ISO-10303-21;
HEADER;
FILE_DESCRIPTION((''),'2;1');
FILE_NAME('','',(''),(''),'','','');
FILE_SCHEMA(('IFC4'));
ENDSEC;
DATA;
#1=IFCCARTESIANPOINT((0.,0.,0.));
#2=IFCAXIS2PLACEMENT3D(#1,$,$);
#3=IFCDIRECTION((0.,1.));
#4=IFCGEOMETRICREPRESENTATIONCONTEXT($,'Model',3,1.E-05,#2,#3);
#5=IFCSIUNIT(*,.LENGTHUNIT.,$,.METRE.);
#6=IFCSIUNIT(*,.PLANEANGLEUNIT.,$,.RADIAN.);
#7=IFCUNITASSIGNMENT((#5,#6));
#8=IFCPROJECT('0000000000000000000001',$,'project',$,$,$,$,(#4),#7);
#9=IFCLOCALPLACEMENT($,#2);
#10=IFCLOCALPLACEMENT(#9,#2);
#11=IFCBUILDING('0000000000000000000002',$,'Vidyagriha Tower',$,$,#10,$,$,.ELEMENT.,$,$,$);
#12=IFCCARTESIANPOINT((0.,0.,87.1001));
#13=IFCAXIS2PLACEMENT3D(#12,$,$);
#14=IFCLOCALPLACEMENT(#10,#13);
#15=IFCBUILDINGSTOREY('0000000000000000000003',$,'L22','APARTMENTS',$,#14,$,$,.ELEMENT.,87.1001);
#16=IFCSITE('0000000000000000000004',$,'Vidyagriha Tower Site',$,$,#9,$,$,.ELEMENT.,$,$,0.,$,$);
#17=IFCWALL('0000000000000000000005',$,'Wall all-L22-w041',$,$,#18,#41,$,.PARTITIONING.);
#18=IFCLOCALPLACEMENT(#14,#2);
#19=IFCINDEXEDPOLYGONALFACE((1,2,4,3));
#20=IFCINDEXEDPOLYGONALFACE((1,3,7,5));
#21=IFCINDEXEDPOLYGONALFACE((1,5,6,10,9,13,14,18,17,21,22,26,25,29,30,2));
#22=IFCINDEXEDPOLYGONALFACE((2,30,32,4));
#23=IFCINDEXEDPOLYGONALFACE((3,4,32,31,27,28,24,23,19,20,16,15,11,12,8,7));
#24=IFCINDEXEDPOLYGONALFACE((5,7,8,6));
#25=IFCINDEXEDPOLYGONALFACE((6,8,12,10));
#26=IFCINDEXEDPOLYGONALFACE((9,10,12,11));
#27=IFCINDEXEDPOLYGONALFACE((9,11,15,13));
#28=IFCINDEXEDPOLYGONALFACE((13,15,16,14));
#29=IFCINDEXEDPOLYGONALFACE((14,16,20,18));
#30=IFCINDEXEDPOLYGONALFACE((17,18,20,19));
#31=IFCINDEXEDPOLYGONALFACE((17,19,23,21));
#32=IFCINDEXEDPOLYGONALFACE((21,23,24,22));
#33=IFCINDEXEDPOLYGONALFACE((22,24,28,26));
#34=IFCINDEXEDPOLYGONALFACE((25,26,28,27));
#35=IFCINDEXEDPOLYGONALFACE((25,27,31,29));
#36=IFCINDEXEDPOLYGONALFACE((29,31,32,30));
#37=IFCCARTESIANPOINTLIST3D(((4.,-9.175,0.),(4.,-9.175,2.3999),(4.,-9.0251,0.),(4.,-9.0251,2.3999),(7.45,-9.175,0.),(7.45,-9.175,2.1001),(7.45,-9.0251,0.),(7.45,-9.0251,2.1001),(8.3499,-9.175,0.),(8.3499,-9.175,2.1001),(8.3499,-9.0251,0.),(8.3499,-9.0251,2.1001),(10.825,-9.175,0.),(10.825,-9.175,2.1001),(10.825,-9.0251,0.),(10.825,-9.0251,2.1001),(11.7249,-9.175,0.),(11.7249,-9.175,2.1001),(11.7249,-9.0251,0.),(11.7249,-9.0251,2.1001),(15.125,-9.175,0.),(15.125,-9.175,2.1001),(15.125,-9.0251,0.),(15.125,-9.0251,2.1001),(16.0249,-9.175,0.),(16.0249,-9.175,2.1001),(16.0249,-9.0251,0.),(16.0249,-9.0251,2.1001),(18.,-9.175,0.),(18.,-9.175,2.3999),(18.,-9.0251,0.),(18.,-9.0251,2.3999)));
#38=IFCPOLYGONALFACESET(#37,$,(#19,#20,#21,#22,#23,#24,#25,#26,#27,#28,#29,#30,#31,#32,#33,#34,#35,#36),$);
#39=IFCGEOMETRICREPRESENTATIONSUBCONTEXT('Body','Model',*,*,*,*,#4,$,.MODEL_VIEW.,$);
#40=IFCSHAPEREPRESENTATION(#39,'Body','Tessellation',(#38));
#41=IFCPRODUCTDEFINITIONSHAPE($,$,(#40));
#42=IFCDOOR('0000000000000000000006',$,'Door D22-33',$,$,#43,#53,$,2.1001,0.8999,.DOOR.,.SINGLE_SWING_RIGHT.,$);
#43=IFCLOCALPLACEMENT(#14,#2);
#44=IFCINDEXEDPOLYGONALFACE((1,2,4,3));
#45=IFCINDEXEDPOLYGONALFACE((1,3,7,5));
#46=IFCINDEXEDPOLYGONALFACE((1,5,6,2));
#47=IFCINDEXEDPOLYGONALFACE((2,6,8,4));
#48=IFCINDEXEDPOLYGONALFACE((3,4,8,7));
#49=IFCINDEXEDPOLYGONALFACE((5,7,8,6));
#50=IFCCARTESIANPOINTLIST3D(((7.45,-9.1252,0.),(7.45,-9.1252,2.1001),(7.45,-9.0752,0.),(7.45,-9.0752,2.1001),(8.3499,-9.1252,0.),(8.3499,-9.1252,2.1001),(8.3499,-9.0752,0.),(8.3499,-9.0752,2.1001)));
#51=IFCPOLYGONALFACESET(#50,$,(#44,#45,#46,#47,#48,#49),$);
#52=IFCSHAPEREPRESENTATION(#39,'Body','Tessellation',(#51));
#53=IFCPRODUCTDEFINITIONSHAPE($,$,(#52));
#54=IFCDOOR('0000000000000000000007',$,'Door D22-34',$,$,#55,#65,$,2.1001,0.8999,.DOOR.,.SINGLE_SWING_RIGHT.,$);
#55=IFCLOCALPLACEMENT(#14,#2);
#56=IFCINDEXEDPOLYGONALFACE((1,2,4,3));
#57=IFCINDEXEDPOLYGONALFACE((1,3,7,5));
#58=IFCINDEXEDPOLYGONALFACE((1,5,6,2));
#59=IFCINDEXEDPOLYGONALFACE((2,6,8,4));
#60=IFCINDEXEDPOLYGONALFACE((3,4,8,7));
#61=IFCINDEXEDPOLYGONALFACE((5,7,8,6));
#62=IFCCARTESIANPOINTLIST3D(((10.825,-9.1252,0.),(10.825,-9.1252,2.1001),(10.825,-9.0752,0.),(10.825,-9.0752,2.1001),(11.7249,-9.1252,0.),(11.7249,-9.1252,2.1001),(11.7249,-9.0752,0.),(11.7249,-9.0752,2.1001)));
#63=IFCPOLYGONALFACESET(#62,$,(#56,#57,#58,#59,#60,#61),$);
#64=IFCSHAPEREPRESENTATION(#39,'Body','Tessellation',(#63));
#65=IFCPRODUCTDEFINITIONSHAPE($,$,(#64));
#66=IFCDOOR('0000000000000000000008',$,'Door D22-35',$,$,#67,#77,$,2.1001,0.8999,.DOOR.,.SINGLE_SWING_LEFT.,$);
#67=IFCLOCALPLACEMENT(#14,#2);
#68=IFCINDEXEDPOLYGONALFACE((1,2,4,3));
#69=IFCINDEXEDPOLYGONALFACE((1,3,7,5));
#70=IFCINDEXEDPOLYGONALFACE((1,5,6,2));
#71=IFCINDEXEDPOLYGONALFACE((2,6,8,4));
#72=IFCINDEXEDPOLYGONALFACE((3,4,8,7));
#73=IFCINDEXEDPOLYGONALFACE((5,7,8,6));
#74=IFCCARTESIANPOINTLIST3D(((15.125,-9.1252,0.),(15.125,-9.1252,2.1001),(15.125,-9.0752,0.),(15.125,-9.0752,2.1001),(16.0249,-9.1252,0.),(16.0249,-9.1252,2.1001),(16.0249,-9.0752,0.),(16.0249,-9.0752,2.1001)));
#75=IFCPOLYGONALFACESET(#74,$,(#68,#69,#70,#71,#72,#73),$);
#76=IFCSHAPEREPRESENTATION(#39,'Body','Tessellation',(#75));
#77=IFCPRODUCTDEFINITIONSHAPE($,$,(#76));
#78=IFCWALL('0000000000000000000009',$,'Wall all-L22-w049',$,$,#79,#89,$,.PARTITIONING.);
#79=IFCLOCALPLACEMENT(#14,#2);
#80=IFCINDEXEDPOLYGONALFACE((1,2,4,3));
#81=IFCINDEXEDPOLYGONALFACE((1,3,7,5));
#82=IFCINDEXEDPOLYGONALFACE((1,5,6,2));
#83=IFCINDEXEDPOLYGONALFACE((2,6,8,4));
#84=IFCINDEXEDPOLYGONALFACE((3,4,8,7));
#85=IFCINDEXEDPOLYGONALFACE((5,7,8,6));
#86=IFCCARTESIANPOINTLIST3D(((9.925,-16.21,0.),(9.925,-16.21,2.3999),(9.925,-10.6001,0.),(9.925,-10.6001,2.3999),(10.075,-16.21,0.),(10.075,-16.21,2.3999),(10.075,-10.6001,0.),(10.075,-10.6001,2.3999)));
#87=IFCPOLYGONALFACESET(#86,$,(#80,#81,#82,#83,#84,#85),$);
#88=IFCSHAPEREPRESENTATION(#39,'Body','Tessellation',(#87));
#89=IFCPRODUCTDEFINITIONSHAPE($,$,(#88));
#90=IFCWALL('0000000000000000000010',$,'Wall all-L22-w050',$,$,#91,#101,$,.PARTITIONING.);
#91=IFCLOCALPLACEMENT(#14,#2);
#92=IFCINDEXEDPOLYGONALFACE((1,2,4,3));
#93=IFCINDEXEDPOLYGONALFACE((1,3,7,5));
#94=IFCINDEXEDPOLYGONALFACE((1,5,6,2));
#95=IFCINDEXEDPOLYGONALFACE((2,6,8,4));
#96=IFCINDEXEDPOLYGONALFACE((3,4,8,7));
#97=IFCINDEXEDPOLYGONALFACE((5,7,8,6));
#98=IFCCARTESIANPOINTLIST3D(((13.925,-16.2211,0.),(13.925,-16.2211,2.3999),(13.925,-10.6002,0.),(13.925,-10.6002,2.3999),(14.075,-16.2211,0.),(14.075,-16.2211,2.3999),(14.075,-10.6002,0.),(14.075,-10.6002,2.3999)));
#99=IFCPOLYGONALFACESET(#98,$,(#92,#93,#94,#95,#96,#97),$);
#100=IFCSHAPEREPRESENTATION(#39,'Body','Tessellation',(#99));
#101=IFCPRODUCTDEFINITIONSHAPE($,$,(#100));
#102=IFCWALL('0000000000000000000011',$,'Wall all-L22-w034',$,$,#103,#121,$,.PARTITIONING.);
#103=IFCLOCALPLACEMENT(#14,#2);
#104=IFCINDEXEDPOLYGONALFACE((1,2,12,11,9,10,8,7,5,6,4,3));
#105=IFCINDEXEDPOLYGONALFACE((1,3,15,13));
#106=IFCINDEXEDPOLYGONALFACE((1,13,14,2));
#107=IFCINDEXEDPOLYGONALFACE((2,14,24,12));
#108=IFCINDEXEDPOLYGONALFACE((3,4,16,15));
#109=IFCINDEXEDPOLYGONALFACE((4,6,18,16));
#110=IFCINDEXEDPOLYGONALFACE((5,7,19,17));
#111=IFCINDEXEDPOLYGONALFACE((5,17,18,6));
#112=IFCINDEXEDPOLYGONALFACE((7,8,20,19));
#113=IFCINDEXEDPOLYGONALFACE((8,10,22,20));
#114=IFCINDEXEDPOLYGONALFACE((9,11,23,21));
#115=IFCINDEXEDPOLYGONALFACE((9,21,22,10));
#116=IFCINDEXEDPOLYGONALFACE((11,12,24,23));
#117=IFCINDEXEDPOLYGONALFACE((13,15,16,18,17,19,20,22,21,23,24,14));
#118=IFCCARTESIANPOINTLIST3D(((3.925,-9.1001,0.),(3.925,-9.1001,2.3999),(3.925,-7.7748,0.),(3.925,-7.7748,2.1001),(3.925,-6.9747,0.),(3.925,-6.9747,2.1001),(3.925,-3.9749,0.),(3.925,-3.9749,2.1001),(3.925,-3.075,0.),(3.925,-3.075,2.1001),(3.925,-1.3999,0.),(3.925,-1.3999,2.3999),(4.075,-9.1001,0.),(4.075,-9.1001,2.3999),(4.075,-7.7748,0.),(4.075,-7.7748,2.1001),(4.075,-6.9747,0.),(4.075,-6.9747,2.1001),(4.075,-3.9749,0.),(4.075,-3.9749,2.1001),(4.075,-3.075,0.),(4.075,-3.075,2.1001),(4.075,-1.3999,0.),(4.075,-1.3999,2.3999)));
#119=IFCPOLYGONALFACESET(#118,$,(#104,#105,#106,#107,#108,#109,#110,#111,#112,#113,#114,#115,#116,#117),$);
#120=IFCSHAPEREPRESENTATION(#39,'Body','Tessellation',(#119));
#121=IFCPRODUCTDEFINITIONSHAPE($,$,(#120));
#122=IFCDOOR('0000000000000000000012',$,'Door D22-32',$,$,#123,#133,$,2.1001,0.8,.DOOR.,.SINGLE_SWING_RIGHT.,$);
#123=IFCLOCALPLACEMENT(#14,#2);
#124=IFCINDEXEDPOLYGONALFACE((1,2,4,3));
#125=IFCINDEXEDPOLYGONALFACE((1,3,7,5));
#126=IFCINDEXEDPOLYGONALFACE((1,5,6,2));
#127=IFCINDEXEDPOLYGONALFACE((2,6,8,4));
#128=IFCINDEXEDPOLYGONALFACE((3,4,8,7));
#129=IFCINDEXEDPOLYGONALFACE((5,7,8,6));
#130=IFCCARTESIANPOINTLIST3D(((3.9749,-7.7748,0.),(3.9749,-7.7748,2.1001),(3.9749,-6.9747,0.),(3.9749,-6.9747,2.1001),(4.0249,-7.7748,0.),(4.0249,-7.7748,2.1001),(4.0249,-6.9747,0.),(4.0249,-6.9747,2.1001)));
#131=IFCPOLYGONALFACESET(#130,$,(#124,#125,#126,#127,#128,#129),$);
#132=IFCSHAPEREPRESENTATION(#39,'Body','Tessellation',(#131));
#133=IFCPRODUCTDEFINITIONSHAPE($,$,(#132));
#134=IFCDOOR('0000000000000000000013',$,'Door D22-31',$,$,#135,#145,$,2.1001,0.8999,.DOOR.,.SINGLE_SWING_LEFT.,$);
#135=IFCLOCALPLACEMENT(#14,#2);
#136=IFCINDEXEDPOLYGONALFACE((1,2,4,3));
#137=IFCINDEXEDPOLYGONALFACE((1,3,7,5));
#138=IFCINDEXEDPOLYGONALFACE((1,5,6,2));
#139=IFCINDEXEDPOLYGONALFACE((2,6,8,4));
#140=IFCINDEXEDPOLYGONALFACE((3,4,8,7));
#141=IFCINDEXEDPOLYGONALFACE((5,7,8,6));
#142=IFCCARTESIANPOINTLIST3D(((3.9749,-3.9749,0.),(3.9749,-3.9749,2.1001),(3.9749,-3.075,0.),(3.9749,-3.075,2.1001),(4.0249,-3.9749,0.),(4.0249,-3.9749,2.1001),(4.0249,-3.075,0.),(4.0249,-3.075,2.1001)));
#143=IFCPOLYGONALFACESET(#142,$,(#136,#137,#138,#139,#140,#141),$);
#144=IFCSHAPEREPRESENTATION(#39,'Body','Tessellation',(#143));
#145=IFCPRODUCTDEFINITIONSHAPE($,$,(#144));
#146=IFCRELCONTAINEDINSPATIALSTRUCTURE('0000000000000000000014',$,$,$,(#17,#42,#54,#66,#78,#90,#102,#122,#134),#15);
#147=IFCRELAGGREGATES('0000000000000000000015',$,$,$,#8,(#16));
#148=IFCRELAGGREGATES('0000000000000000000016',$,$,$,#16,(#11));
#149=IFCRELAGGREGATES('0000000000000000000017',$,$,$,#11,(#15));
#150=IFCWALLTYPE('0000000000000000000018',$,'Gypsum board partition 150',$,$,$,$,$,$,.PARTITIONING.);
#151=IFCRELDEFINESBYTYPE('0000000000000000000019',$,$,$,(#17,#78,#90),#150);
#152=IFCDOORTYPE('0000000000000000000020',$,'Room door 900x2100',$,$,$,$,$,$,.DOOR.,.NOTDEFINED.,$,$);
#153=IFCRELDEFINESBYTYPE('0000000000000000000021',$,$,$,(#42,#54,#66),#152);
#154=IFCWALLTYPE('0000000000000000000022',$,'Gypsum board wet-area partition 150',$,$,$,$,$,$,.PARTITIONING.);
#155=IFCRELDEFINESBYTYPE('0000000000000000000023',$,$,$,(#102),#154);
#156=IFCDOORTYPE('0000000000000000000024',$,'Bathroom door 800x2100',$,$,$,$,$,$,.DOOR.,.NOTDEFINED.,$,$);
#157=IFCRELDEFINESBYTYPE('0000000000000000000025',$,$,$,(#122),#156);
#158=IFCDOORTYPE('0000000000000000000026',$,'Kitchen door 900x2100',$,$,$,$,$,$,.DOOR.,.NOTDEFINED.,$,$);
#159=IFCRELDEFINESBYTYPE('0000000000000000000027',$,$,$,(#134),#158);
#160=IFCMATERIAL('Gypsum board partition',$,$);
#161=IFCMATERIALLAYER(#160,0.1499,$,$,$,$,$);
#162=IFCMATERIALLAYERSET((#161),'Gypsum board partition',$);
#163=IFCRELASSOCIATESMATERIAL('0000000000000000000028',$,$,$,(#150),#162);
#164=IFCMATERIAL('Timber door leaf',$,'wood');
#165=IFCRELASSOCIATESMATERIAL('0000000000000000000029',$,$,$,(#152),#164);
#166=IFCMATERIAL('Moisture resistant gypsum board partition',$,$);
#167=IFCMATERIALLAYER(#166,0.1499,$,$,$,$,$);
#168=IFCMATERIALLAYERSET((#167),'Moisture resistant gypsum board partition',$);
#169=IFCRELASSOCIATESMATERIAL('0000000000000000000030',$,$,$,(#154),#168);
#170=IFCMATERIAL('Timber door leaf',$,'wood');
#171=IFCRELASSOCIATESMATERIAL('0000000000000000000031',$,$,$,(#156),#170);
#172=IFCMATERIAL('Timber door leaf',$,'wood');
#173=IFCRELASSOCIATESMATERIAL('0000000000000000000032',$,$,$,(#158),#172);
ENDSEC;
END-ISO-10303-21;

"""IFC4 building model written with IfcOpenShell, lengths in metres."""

from ifc_helpers import new_model, si_unit, direction, frame, frame_2d, origin, place, context, subcontext, project, spatial, rectangle, extrude, material, layer, layer_set, type_object, element, fill, save


model = new_model("IFC4")

# Units and contexts
model_context = context("Model", 3, precision=1e-05, world=origin(), true_north=direction((0.0, 1.0)))
body_context = subcontext(model_context, "Body", "Model", "MODEL_VIEW")
ifc_project = project(units=[si_unit("LENGTHUNIT", "METRE"), si_unit("PLANEANGLEUNIT", "RADIAN")], contexts=[model_context])

# Site, building, storey
site_placement = place(None, origin())
site = spatial("IfcSite", under=ifc_project, at=site_placement, Name="Vidyagriha Tower Site", CompositionType="ELEMENT", RefElevation=0.0)
building_placement = place(site_placement, origin())
building = spatial("IfcBuilding", under=site, at=building_placement, Name="Vidyagriha Tower", CompositionType="ELEMENT")
storey_placement = place(building_placement, frame((0.0, 0.0, 87.1001)))
storey = spatial("IfcBuildingStorey", under=building, at=storey_placement, Name="L22", Description="APARTMENTS", CompositionType="ELEMENT", Elevation=87.1001)

# Shared definitions
ifc_material_1 = material(Name="Gypsum board partition")
ifc_layer_1 = layer(ifc_material_1, 0.1499)
ifc_layer_set_1 = layer_set([ifc_layer_1], Name="Gypsum board partition")
wall_type_1 = type_object("IfcWallType", Name="Gypsum board partition 150", PredefinedType="PARTITIONING", material=ifc_layer_set_1)

# Wall, openings, doors
wall_1_placement = place(storey_placement, frame((4.0, -9.1001, 0.0)))
wall_1 = element("IfcWall", 1, at=wall_1_placement, inside=storey, type_object=wall_type_1, Name="Wall all-L22-w041", PredefinedType="PARTITIONING", context=body_context, shape_type="SweptSolid", body=[
    extrude(rectangle(XDim=14.0, YDim=0.1499, at=frame_2d((7.0, 0.0))), origin(), (0.0, 0.0, 1.0), 2.3999),
])
opening_1_placement = place(wall_1_placement, frame((3.45, 0.0, 0.0)))
opening_1 = element("IfcOpeningElement", 2, at=opening_1_placement, cuts=wall_1, PredefinedType="OPENING", context=body_context, shape_type="SweptSolid", body=[
    extrude(rectangle(XDim=0.8999, YDim=2.1001, at=frame_2d((0.45, 1.05))), frame((0.0, 0.085, 0.0), z_axis=(0.0, -1.0, 0.0), x_axis=(1.0, 0.0, 0.0)), (0.0, 0.0, 1.0), 0.1699),
])
opening_2_placement = place(wall_1_placement, frame((6.825, 0.0, 0.0)))
opening_2 = element("IfcOpeningElement", 3, at=opening_2_placement, cuts=wall_1, PredefinedType="OPENING", context=body_context, shape_type="SweptSolid", body=[
    extrude(rectangle(XDim=0.8999, YDim=2.1001, at=frame_2d((0.45, 1.05))), frame((0.0, 0.085, 0.0), z_axis=(0.0, -1.0, 0.0), x_axis=(1.0, 0.0, 0.0)), (0.0, 0.0, 1.0), 0.1699),
])
opening_3_placement = place(wall_1_placement, frame((11.125, 0.0, 0.0)))
opening_3 = element("IfcOpeningElement", 4, at=opening_3_placement, cuts=wall_1, PredefinedType="OPENING", context=body_context, shape_type="SweptSolid", body=[
    extrude(rectangle(XDim=0.8999, YDim=2.1001, at=frame_2d((0.45, 1.05))), frame((0.0, 0.085, 0.0), z_axis=(0.0, -1.0, 0.0), x_axis=(1.0, 0.0, 0.0)), (0.0, 0.0, 1.0), 0.1699),
])
ifc_material_2 = material(Name="Timber door leaf", Category="wood")
door_type_1 = type_object("IfcDoorType", Name="Room door 900x2100", OperationType="NOTDEFINED", PredefinedType="DOOR", material=ifc_material_2)
door_1_placement = place(opening_1_placement, origin())
door_1 = element("IfcDoor", 5, at=door_1_placement, inside=storey, type_object=door_type_1, Name="Door D22-33", OperationType="SINGLE_SWING_RIGHT", OverallHeight=2.1001, OverallWidth=0.8999, PredefinedType="DOOR", context=body_context, shape_type="SweptSolid", body=[
    extrude(rectangle(XDim=0.8999, YDim=2.1001, at=frame_2d((0.45, 1.05))), frame((0.0, 0.0249, 0.0), z_axis=(0.0, -1.0, 0.0), x_axis=(1.0, 0.0, 0.0)), (0.0, 0.0, 1.0), 0.05),
])
fill(opening_1, door_1)
door_2_placement = place(opening_2_placement, origin())
door_2 = element("IfcDoor", 6, at=door_2_placement, inside=storey, type_object=door_type_1, Name="Door D22-34", OperationType="SINGLE_SWING_RIGHT", OverallHeight=2.1001, OverallWidth=0.8999, PredefinedType="DOOR", context=body_context, shape_type="SweptSolid", body=[
    extrude(rectangle(XDim=0.8999, YDim=2.1001, at=frame_2d((0.45, 1.05))), frame((0.0, 0.0249, 0.0), z_axis=(0.0, -1.0, 0.0), x_axis=(1.0, 0.0, 0.0)), (0.0, 0.0, 1.0), 0.05),
])
fill(opening_2, door_2)
door_3_placement = place(opening_3_placement, origin())
door_3 = element("IfcDoor", 7, at=door_3_placement, inside=storey, type_object=door_type_1, Name="Door D22-35", OperationType="SINGLE_SWING_LEFT", OverallHeight=2.1001, OverallWidth=0.8999, PredefinedType="DOOR", context=body_context, shape_type="SweptSolid", body=[
    extrude(rectangle(XDim=0.8999, YDim=2.1001, at=frame_2d((0.45, 1.05))), frame((0.0, 0.0249, 0.0), z_axis=(0.0, -1.0, 0.0), x_axis=(1.0, 0.0, 0.0)), (0.0, 0.0, 1.0), 0.05),
])
fill(opening_3, door_3)

# Walls
wall_2_placement = place(storey_placement, frame((10.0, -10.6001, 0.0), z_axis=(0.0, 0.0, 1.0), x_axis=(0.0, -1.0, 0.0)))
element("IfcWall", 8, at=wall_2_placement, inside=storey, type_object=wall_type_1, Name="Wall all-L22-w049", PredefinedType="PARTITIONING", context=body_context, shape_type="SweptSolid", body=[
    extrude(rectangle(XDim=5.6099, YDim=0.1499, at=frame_2d((2.8049, 0.0))), origin(), (0.0, 0.0, 1.0), 2.3999),
])
wall_3_placement = place(storey_placement, frame((14.0, -10.6001, 0.0), z_axis=(0.0, 0.0, 1.0), x_axis=(0.0, -1.0, 0.0)))
element("IfcWall", 9, at=wall_3_placement, inside=storey, type_object=wall_type_1, Name="Wall all-L22-w050", PredefinedType="PARTITIONING", context=body_context, shape_type="SweptSolid", body=[
    extrude(rectangle(XDim=5.6208, YDim=0.1499, at=frame_2d((2.8105, 0.0))), origin(), (0.0, 0.0, 1.0), 2.3999),
])

# Wall, openings, doors
ifc_material_3 = material(Name="Moisture resistant gypsum board partition")
ifc_layer_2 = layer(ifc_material_3, 0.1499)
ifc_layer_set_2 = layer_set([ifc_layer_2], Name="Moisture resistant gypsum board partition")
wall_type_2 = type_object("IfcWallType", Name="Gypsum board wet-area partition 150", PredefinedType="PARTITIONING", material=ifc_layer_set_2)
wall_4_placement = place(storey_placement, frame((4.0, -1.3999, 0.0), z_axis=(0.0, 0.0, 1.0), x_axis=(0.0, -1.0, 0.0)))
wall_4 = element("IfcWall", 10, at=wall_4_placement, inside=storey, type_object=wall_type_2, Name="Wall all-L22-w034", PredefinedType="PARTITIONING", context=body_context, shape_type="SweptSolid", body=[
    extrude(rectangle(XDim=7.7002, YDim=0.1499, at=frame_2d((3.8501, 0.0))), origin(), (0.0, 0.0, 1.0), 2.3999),
])
opening_4_placement = place(wall_4_placement, frame((1.675, 0.0, 0.0)))
opening_4 = element("IfcOpeningElement", 11, at=opening_4_placement, cuts=wall_4, PredefinedType="OPENING", context=body_context, shape_type="SweptSolid", body=[
    extrude(rectangle(XDim=0.8999, YDim=2.1001, at=frame_2d((0.45, 1.05))), frame((0.0, 0.085, 0.0), z_axis=(0.0, -1.0, 0.0), x_axis=(1.0, 0.0, 0.0)), (0.0, 0.0, 1.0), 0.1699),
])
opening_5_placement = place(wall_4_placement, frame((5.575, 0.0, 0.0)))
opening_5 = element("IfcOpeningElement", 12, at=opening_5_placement, cuts=wall_4, PredefinedType="OPENING", context=body_context, shape_type="SweptSolid", body=[
    extrude(rectangle(XDim=0.8, YDim=2.1001, at=frame_2d((0.3999, 1.05))), frame((0.0, 0.085, 0.0), z_axis=(0.0, -1.0, 0.0), x_axis=(1.0, 0.0, 0.0)), (0.0, 0.0, 1.0), 0.1699),
])
ifc_material_4 = material(Name="Timber door leaf", Category="wood")
door_type_2 = type_object("IfcDoorType", Name="Bathroom door 800x2100", OperationType="NOTDEFINED", PredefinedType="DOOR", material=ifc_material_4)
door_4_placement = place(opening_5_placement, origin())
door_4 = element("IfcDoor", 13, at=door_4_placement, inside=storey, type_object=door_type_2, Name="Door D22-32", OperationType="SINGLE_SWING_RIGHT", OverallHeight=2.1001, OverallWidth=0.8, PredefinedType="DOOR", context=body_context, shape_type="SweptSolid", body=[
    extrude(rectangle(XDim=0.8, YDim=2.1001, at=frame_2d((0.3999, 1.05))), frame((0.0, 0.0249, 0.0), z_axis=(0.0, -1.0, 0.0), x_axis=(1.0, 0.0, 0.0)), (0.0, 0.0, 1.0), 0.05),
])
fill(opening_5, door_4)
ifc_material_5 = material(Name="Timber door leaf", Category="wood")
door_type_3 = type_object("IfcDoorType", Name="Kitchen door 900x2100", OperationType="NOTDEFINED", PredefinedType="DOOR", material=ifc_material_5)
door_5_placement = place(opening_4_placement, origin())
door_5 = element("IfcDoor", 14, at=door_5_placement, inside=storey, type_object=door_type_3, Name="Door D22-31", OperationType="SINGLE_SWING_LEFT", OverallHeight=2.1001, OverallWidth=0.8999, PredefinedType="DOOR", context=body_context, shape_type="SweptSolid", body=[
    extrude(rectangle(XDim=0.8999, YDim=2.1001, at=frame_2d((0.45, 1.05))), frame((0.0, 0.0249, 0.0), z_axis=(0.0, -1.0, 0.0), x_axis=(1.0, 0.0, 0.0)), (0.0, 0.0, 1.0), 0.05),
])
fill(opening_4, door_5)

save(model, "model.ifc")
